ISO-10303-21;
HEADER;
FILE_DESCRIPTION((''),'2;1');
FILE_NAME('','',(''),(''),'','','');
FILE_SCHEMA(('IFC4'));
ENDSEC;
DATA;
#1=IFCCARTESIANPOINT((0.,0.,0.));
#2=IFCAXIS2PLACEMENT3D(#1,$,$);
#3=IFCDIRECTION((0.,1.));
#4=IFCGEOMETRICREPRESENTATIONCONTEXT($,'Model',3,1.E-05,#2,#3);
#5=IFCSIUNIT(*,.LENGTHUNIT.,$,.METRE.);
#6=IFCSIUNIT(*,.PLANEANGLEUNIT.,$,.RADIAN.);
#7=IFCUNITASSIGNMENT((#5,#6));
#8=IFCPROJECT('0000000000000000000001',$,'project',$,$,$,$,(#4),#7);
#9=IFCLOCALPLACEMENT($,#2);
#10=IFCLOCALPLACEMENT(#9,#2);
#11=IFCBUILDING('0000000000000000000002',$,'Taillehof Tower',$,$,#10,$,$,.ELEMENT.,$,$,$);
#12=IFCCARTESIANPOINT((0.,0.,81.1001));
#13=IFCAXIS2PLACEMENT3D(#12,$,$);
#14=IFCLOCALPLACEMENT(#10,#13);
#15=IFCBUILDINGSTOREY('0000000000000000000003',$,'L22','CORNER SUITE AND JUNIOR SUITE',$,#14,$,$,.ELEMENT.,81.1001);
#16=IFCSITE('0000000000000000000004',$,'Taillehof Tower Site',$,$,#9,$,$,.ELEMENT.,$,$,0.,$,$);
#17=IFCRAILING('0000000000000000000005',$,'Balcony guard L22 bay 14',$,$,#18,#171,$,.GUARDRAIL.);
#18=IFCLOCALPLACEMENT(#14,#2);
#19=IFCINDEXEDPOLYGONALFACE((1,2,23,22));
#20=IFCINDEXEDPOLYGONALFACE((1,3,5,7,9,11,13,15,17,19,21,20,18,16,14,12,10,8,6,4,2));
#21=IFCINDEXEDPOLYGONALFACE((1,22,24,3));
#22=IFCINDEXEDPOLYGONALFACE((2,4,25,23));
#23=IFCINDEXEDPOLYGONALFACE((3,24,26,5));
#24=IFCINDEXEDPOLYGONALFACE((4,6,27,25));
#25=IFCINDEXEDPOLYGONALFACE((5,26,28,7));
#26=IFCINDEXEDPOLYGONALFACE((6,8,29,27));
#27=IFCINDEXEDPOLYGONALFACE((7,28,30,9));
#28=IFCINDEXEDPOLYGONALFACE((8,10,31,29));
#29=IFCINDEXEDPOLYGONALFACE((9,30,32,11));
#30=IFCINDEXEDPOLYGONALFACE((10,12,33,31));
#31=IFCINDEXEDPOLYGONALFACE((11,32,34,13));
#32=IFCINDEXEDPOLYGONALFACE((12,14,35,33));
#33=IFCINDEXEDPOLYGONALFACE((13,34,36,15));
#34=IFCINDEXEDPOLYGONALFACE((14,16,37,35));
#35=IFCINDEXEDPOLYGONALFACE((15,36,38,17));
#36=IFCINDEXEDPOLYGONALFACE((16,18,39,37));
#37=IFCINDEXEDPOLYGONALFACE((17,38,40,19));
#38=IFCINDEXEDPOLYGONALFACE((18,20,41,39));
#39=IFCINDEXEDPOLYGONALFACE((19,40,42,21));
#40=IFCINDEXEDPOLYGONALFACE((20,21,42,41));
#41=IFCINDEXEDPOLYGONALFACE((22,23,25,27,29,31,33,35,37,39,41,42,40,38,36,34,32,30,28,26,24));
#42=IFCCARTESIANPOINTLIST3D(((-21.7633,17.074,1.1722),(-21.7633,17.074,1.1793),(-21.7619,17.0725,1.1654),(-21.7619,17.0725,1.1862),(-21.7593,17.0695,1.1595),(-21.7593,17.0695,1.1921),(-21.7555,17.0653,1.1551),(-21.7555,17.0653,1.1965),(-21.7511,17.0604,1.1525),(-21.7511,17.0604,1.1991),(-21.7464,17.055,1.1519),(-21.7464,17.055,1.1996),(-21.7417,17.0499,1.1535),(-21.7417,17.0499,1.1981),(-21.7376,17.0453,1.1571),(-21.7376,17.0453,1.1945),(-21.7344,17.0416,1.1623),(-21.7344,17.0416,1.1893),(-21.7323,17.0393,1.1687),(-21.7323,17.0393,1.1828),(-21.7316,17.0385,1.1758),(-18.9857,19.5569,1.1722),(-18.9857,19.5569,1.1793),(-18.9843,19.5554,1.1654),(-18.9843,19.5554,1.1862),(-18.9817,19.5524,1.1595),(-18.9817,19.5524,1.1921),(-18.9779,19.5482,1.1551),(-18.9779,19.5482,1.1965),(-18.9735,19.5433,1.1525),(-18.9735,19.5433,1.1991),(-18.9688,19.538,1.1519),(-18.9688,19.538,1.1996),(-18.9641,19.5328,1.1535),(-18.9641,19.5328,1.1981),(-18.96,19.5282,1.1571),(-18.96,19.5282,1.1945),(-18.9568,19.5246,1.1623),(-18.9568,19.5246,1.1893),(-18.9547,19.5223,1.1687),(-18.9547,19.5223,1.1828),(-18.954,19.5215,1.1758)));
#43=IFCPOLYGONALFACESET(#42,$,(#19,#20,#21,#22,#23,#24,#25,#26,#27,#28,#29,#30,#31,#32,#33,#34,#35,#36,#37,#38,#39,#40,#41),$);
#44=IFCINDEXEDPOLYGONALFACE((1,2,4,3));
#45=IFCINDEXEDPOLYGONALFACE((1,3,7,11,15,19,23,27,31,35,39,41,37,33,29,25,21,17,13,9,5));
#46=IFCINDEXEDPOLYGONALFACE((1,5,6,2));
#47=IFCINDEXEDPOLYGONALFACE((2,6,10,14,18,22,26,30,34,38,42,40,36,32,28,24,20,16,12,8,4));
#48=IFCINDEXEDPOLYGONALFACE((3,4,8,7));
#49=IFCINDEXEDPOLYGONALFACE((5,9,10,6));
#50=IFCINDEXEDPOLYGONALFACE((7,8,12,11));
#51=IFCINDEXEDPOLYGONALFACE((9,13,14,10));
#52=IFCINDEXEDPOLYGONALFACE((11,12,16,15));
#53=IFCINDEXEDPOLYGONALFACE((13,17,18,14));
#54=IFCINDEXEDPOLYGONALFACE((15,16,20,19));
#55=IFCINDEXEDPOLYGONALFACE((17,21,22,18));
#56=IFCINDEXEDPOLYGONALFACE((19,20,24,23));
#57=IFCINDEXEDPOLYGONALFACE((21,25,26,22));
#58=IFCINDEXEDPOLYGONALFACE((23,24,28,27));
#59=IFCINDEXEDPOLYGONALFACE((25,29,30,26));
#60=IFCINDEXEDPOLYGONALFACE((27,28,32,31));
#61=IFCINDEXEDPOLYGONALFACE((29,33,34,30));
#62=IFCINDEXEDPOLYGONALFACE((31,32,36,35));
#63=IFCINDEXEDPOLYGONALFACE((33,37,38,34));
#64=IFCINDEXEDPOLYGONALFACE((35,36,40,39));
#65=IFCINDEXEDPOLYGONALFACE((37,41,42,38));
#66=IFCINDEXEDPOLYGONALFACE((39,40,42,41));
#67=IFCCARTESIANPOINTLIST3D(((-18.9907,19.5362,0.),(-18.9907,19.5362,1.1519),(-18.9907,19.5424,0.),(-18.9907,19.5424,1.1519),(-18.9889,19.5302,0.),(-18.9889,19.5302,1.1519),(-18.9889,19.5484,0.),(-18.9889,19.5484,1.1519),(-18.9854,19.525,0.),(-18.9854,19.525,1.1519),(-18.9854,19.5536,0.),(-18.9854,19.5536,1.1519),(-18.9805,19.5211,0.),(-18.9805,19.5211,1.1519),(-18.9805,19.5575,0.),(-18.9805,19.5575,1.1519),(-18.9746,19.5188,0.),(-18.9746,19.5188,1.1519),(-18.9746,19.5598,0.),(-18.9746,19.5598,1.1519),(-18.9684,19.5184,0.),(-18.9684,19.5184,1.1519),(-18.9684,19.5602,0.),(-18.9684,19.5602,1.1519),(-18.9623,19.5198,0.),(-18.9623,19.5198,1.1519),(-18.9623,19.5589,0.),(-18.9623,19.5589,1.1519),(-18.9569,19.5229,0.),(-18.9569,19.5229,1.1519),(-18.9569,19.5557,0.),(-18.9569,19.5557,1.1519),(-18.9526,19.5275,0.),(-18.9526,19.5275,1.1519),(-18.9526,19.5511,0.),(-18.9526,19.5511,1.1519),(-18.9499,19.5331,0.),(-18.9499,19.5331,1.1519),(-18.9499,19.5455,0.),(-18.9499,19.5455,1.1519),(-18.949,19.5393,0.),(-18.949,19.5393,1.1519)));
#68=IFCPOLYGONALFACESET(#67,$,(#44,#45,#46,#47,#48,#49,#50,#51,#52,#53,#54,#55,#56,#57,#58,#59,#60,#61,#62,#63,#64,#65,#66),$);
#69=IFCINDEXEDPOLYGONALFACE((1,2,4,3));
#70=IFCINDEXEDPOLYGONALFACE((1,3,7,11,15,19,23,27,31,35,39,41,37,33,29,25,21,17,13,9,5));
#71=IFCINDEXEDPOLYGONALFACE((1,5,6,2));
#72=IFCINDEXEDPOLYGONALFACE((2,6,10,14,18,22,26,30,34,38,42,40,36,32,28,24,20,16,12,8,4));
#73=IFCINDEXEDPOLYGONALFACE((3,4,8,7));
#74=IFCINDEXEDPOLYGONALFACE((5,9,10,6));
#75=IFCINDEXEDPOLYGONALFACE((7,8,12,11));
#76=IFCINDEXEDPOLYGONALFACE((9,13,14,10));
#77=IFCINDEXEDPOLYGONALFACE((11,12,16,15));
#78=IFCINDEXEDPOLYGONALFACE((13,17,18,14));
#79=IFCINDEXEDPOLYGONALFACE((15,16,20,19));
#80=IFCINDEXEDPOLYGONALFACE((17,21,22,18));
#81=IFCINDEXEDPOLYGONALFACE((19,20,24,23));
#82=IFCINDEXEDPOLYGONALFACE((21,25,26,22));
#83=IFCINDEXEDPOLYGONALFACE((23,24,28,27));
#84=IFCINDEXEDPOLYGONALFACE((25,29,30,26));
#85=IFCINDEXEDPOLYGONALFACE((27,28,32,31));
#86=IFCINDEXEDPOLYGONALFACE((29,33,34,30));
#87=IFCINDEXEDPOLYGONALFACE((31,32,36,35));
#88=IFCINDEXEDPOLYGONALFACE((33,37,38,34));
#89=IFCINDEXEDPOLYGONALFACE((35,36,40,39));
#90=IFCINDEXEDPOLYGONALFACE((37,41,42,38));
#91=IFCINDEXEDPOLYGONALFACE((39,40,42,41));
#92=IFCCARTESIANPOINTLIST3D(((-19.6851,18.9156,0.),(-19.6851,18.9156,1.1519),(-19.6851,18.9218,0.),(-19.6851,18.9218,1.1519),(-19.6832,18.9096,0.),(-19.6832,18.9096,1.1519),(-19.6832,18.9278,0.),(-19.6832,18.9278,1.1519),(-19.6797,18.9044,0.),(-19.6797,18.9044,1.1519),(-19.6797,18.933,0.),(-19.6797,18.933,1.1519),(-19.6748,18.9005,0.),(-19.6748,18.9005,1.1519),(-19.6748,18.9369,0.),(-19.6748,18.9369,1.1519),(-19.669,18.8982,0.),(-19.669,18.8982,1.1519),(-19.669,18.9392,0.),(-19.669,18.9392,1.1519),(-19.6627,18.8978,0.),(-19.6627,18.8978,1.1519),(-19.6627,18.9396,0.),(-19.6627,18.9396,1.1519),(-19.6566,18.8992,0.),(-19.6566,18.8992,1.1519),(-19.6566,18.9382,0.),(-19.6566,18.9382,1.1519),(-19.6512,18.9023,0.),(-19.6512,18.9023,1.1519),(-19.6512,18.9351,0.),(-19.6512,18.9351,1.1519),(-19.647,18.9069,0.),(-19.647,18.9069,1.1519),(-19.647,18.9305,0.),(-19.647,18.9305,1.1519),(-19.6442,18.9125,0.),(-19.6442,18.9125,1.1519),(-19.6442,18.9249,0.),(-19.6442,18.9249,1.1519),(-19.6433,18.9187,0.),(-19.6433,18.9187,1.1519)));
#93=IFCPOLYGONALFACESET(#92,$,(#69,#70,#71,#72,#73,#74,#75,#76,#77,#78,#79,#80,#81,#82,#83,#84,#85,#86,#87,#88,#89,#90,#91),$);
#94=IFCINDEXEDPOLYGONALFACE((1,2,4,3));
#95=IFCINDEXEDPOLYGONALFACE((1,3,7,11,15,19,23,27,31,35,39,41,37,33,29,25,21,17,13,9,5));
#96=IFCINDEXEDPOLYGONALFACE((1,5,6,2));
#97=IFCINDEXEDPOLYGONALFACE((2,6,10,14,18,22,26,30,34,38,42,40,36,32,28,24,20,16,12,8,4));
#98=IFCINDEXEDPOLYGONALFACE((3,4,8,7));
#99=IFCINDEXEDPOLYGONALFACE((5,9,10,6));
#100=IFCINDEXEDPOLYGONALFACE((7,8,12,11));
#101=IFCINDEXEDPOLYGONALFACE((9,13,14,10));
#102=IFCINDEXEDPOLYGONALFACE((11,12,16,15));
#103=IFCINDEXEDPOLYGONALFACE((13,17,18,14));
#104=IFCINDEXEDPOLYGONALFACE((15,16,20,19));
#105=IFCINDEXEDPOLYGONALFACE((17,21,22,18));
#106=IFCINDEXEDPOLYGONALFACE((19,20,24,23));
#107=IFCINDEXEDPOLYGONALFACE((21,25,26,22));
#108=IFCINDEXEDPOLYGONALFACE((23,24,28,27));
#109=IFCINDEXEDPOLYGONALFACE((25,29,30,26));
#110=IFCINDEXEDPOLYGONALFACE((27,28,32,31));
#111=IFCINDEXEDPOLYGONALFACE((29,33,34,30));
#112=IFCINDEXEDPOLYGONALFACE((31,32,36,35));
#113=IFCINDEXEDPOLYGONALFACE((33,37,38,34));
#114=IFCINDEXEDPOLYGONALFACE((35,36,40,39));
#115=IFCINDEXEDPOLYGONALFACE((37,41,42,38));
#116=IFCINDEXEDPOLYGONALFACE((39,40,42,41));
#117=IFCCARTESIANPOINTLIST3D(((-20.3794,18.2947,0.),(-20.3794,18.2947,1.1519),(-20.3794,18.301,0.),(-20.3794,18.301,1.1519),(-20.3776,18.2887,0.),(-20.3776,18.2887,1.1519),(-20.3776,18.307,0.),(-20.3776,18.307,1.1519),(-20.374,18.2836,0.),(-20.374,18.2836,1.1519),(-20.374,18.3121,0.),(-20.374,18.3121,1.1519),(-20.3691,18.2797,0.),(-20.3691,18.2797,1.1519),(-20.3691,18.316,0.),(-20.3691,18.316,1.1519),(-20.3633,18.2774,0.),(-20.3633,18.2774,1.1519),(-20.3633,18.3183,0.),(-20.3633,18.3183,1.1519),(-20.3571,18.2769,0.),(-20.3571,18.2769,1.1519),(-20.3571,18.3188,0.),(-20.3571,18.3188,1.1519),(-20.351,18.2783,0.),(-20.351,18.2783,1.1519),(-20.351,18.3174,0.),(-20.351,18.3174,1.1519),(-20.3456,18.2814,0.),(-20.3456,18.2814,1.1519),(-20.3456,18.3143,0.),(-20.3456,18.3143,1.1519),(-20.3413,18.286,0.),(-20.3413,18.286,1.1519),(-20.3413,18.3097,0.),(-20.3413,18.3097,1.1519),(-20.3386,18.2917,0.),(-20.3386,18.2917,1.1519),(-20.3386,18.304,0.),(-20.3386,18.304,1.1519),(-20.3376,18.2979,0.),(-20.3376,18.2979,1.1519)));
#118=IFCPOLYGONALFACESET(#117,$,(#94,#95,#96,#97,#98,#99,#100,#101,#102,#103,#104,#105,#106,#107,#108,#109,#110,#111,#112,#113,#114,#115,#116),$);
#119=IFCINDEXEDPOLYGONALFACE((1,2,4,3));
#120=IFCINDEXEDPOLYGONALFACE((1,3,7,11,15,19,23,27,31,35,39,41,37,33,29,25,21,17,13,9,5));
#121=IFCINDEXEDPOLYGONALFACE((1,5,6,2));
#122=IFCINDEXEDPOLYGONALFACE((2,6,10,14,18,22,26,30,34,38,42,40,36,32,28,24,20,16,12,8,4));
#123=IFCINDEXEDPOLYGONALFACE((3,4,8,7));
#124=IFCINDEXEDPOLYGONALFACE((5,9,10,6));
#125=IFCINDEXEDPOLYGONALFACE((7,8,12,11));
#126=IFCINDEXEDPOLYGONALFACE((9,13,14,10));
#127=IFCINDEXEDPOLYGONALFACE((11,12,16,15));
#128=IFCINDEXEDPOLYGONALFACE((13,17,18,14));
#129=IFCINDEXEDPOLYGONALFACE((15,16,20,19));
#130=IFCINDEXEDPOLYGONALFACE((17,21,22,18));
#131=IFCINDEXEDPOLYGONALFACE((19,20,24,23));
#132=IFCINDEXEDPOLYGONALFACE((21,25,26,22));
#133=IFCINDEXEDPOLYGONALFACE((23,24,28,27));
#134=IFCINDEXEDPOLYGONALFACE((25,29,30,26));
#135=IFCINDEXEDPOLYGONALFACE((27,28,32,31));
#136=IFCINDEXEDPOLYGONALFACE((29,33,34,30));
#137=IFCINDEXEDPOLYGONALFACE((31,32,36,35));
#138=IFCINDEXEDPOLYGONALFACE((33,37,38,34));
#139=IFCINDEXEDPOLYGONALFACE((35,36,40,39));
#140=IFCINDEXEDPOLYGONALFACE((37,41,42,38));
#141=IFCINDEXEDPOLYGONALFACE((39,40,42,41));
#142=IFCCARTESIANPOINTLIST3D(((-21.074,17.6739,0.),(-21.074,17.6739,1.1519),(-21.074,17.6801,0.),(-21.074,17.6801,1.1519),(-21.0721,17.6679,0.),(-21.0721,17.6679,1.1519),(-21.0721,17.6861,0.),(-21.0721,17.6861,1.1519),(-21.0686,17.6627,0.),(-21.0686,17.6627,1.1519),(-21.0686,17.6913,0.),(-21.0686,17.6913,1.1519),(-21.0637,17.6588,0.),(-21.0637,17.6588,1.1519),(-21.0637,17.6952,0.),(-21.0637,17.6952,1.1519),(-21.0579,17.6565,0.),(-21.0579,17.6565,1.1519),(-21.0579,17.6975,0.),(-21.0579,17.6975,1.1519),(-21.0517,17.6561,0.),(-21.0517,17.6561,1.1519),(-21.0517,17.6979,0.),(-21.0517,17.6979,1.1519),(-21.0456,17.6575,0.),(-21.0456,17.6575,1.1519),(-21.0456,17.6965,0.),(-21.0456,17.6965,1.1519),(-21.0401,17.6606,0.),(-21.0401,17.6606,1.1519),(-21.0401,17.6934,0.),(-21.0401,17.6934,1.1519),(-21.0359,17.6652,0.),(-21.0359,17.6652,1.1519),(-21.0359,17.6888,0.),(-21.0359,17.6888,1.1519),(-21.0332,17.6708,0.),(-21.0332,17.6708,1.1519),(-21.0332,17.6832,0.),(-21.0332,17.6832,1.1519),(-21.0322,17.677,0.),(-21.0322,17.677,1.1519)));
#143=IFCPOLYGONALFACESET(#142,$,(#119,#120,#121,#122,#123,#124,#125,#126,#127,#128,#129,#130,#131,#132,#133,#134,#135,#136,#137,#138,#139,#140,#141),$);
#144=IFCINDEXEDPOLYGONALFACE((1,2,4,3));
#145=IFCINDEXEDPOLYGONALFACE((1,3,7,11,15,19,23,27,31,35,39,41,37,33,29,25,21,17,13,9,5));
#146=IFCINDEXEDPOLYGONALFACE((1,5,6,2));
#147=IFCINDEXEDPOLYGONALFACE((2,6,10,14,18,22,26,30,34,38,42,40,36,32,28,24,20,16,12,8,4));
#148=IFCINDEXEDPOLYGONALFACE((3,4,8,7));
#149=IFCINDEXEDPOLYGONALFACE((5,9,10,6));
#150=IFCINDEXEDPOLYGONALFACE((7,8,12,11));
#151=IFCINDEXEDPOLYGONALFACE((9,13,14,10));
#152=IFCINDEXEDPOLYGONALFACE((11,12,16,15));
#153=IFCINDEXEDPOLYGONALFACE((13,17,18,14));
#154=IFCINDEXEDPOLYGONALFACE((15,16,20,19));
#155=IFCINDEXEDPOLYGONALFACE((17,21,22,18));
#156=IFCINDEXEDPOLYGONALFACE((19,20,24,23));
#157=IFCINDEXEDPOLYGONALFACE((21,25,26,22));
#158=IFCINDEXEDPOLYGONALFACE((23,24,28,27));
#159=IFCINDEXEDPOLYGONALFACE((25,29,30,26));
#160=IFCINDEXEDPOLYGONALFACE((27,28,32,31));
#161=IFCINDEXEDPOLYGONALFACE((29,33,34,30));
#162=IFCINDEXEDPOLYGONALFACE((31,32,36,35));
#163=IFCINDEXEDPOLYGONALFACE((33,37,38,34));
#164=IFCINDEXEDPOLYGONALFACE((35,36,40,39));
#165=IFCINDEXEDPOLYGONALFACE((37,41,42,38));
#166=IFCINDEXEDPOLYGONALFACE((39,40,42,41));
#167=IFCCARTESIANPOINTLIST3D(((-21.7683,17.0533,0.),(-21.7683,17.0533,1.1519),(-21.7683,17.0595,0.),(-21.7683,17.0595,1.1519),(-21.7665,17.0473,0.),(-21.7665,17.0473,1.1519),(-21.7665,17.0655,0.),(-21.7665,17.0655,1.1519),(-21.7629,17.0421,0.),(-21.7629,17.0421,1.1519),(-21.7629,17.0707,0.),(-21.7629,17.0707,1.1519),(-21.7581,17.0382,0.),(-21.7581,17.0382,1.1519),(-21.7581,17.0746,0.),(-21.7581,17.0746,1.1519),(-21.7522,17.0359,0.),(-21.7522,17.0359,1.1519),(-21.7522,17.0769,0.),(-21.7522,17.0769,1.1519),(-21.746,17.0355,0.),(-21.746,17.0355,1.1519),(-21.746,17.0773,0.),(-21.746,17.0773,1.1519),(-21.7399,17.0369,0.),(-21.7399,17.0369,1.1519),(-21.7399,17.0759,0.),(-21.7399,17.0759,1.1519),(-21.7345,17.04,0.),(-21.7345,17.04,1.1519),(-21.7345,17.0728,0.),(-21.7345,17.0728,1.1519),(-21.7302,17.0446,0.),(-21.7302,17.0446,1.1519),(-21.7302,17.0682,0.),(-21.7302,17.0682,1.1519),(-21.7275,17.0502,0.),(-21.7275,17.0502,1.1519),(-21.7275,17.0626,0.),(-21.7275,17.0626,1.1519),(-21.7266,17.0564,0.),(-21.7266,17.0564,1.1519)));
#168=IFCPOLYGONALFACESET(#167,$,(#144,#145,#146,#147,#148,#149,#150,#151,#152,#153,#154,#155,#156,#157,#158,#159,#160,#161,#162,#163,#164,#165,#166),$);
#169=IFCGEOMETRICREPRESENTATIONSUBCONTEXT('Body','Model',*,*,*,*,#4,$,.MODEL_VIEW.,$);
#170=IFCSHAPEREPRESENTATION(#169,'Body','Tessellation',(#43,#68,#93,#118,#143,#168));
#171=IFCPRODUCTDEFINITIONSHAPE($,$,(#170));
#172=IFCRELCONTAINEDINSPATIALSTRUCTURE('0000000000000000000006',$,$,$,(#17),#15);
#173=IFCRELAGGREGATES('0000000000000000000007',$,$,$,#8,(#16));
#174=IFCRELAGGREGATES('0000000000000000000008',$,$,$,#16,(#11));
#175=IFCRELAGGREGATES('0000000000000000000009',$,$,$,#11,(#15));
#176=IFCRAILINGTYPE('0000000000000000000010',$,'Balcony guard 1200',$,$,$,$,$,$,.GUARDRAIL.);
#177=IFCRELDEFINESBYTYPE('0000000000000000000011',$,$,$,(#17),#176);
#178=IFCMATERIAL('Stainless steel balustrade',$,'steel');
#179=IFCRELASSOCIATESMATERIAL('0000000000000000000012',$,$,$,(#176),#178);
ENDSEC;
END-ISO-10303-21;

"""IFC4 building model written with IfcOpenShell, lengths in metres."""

from ifc_helpers import new_model, si_unit, direction, frame, origin, origin_2d, place, context, subcontext, project, spatial, circle, extrude, material, type_object, element, save


model = new_model("IFC4")

# Units and contexts
model_context = context("Model", 3, precision=1e-05, world=origin(), true_north=direction((0.0, 1.0)))
body_context = subcontext(model_context, "Body", "Model", "MODEL_VIEW")
ifc_project = project(units=[si_unit("LENGTHUNIT", "METRE"), si_unit("PLANEANGLEUNIT", "RADIAN")], contexts=[model_context])

# Site, building, storey
site_placement = place(None, origin())
site = spatial("IfcSite", under=ifc_project, at=site_placement, Name="Taillehof Tower Site", CompositionType="ELEMENT", RefElevation=0.0)
building_placement = place(site_placement, origin())
building = spatial("IfcBuilding", under=site, at=building_placement, Name="Taillehof Tower", CompositionType="ELEMENT")
storey_placement = place(building_placement, frame((0.0, 0.0, 81.1001)))
storey = spatial("IfcBuildingStorey", under=building, at=storey_placement, Name="L22", Description="CORNER SUITE AND JUNIOR SUITE", CompositionType="ELEMENT", Elevation=81.1001)

# Railing
ifc_material_1 = material(Name="Stainless steel balustrade", Category="steel")
railing_type = type_object("IfcRailingType", Name="Balcony guard 1200", PredefinedType="GUARDRAIL", material=ifc_material_1)
railing_1_placement = place(storey_placement, frame((-18.97, 19.5393, 0.0)))
element("IfcRailing", 1, at=railing_1_placement, inside=storey, type_object=railing_type, Name="Balcony guard L22 bay 14", PredefinedType="GUARDRAIL", context=body_context, shape_type="SweptSolid", body=[
    extrude(circle(Radius=0.0239, at=origin_2d()), frame((0.0, 0.0, 1.1758), z_axis=(-0.745548, -0.666452, 0.0), x_axis=(0.666452, -0.745548, 0.0)), (0.0, 0.0, 1.0), 3.7256),
    extrude(circle(Radius=0.021, at=origin_2d()), origin(), (0.0, 0.0, 1.0), 1.1519),
    extrude(circle(Radius=0.021, at=origin_2d()), frame((-0.6943, -0.6206, 0.0)), (0.0, 0.0, 1.0), 1.1519),
    extrude(circle(Radius=0.021, at=origin_2d()), frame((-1.3887, -1.2415, 0.0)), (0.0, 0.0, 1.0), 1.1519),
    extrude(circle(Radius=0.021, at=origin_2d()), frame((-2.0833, -1.8623, 0.0)), (0.0, 0.0, 1.0), 1.1519),
    extrude(circle(Radius=0.021, at=origin_2d()), frame((-2.7776, -2.4829, 0.0)), (0.0, 0.0, 1.0), 1.1519),
])

save(model, "model.ifc")
